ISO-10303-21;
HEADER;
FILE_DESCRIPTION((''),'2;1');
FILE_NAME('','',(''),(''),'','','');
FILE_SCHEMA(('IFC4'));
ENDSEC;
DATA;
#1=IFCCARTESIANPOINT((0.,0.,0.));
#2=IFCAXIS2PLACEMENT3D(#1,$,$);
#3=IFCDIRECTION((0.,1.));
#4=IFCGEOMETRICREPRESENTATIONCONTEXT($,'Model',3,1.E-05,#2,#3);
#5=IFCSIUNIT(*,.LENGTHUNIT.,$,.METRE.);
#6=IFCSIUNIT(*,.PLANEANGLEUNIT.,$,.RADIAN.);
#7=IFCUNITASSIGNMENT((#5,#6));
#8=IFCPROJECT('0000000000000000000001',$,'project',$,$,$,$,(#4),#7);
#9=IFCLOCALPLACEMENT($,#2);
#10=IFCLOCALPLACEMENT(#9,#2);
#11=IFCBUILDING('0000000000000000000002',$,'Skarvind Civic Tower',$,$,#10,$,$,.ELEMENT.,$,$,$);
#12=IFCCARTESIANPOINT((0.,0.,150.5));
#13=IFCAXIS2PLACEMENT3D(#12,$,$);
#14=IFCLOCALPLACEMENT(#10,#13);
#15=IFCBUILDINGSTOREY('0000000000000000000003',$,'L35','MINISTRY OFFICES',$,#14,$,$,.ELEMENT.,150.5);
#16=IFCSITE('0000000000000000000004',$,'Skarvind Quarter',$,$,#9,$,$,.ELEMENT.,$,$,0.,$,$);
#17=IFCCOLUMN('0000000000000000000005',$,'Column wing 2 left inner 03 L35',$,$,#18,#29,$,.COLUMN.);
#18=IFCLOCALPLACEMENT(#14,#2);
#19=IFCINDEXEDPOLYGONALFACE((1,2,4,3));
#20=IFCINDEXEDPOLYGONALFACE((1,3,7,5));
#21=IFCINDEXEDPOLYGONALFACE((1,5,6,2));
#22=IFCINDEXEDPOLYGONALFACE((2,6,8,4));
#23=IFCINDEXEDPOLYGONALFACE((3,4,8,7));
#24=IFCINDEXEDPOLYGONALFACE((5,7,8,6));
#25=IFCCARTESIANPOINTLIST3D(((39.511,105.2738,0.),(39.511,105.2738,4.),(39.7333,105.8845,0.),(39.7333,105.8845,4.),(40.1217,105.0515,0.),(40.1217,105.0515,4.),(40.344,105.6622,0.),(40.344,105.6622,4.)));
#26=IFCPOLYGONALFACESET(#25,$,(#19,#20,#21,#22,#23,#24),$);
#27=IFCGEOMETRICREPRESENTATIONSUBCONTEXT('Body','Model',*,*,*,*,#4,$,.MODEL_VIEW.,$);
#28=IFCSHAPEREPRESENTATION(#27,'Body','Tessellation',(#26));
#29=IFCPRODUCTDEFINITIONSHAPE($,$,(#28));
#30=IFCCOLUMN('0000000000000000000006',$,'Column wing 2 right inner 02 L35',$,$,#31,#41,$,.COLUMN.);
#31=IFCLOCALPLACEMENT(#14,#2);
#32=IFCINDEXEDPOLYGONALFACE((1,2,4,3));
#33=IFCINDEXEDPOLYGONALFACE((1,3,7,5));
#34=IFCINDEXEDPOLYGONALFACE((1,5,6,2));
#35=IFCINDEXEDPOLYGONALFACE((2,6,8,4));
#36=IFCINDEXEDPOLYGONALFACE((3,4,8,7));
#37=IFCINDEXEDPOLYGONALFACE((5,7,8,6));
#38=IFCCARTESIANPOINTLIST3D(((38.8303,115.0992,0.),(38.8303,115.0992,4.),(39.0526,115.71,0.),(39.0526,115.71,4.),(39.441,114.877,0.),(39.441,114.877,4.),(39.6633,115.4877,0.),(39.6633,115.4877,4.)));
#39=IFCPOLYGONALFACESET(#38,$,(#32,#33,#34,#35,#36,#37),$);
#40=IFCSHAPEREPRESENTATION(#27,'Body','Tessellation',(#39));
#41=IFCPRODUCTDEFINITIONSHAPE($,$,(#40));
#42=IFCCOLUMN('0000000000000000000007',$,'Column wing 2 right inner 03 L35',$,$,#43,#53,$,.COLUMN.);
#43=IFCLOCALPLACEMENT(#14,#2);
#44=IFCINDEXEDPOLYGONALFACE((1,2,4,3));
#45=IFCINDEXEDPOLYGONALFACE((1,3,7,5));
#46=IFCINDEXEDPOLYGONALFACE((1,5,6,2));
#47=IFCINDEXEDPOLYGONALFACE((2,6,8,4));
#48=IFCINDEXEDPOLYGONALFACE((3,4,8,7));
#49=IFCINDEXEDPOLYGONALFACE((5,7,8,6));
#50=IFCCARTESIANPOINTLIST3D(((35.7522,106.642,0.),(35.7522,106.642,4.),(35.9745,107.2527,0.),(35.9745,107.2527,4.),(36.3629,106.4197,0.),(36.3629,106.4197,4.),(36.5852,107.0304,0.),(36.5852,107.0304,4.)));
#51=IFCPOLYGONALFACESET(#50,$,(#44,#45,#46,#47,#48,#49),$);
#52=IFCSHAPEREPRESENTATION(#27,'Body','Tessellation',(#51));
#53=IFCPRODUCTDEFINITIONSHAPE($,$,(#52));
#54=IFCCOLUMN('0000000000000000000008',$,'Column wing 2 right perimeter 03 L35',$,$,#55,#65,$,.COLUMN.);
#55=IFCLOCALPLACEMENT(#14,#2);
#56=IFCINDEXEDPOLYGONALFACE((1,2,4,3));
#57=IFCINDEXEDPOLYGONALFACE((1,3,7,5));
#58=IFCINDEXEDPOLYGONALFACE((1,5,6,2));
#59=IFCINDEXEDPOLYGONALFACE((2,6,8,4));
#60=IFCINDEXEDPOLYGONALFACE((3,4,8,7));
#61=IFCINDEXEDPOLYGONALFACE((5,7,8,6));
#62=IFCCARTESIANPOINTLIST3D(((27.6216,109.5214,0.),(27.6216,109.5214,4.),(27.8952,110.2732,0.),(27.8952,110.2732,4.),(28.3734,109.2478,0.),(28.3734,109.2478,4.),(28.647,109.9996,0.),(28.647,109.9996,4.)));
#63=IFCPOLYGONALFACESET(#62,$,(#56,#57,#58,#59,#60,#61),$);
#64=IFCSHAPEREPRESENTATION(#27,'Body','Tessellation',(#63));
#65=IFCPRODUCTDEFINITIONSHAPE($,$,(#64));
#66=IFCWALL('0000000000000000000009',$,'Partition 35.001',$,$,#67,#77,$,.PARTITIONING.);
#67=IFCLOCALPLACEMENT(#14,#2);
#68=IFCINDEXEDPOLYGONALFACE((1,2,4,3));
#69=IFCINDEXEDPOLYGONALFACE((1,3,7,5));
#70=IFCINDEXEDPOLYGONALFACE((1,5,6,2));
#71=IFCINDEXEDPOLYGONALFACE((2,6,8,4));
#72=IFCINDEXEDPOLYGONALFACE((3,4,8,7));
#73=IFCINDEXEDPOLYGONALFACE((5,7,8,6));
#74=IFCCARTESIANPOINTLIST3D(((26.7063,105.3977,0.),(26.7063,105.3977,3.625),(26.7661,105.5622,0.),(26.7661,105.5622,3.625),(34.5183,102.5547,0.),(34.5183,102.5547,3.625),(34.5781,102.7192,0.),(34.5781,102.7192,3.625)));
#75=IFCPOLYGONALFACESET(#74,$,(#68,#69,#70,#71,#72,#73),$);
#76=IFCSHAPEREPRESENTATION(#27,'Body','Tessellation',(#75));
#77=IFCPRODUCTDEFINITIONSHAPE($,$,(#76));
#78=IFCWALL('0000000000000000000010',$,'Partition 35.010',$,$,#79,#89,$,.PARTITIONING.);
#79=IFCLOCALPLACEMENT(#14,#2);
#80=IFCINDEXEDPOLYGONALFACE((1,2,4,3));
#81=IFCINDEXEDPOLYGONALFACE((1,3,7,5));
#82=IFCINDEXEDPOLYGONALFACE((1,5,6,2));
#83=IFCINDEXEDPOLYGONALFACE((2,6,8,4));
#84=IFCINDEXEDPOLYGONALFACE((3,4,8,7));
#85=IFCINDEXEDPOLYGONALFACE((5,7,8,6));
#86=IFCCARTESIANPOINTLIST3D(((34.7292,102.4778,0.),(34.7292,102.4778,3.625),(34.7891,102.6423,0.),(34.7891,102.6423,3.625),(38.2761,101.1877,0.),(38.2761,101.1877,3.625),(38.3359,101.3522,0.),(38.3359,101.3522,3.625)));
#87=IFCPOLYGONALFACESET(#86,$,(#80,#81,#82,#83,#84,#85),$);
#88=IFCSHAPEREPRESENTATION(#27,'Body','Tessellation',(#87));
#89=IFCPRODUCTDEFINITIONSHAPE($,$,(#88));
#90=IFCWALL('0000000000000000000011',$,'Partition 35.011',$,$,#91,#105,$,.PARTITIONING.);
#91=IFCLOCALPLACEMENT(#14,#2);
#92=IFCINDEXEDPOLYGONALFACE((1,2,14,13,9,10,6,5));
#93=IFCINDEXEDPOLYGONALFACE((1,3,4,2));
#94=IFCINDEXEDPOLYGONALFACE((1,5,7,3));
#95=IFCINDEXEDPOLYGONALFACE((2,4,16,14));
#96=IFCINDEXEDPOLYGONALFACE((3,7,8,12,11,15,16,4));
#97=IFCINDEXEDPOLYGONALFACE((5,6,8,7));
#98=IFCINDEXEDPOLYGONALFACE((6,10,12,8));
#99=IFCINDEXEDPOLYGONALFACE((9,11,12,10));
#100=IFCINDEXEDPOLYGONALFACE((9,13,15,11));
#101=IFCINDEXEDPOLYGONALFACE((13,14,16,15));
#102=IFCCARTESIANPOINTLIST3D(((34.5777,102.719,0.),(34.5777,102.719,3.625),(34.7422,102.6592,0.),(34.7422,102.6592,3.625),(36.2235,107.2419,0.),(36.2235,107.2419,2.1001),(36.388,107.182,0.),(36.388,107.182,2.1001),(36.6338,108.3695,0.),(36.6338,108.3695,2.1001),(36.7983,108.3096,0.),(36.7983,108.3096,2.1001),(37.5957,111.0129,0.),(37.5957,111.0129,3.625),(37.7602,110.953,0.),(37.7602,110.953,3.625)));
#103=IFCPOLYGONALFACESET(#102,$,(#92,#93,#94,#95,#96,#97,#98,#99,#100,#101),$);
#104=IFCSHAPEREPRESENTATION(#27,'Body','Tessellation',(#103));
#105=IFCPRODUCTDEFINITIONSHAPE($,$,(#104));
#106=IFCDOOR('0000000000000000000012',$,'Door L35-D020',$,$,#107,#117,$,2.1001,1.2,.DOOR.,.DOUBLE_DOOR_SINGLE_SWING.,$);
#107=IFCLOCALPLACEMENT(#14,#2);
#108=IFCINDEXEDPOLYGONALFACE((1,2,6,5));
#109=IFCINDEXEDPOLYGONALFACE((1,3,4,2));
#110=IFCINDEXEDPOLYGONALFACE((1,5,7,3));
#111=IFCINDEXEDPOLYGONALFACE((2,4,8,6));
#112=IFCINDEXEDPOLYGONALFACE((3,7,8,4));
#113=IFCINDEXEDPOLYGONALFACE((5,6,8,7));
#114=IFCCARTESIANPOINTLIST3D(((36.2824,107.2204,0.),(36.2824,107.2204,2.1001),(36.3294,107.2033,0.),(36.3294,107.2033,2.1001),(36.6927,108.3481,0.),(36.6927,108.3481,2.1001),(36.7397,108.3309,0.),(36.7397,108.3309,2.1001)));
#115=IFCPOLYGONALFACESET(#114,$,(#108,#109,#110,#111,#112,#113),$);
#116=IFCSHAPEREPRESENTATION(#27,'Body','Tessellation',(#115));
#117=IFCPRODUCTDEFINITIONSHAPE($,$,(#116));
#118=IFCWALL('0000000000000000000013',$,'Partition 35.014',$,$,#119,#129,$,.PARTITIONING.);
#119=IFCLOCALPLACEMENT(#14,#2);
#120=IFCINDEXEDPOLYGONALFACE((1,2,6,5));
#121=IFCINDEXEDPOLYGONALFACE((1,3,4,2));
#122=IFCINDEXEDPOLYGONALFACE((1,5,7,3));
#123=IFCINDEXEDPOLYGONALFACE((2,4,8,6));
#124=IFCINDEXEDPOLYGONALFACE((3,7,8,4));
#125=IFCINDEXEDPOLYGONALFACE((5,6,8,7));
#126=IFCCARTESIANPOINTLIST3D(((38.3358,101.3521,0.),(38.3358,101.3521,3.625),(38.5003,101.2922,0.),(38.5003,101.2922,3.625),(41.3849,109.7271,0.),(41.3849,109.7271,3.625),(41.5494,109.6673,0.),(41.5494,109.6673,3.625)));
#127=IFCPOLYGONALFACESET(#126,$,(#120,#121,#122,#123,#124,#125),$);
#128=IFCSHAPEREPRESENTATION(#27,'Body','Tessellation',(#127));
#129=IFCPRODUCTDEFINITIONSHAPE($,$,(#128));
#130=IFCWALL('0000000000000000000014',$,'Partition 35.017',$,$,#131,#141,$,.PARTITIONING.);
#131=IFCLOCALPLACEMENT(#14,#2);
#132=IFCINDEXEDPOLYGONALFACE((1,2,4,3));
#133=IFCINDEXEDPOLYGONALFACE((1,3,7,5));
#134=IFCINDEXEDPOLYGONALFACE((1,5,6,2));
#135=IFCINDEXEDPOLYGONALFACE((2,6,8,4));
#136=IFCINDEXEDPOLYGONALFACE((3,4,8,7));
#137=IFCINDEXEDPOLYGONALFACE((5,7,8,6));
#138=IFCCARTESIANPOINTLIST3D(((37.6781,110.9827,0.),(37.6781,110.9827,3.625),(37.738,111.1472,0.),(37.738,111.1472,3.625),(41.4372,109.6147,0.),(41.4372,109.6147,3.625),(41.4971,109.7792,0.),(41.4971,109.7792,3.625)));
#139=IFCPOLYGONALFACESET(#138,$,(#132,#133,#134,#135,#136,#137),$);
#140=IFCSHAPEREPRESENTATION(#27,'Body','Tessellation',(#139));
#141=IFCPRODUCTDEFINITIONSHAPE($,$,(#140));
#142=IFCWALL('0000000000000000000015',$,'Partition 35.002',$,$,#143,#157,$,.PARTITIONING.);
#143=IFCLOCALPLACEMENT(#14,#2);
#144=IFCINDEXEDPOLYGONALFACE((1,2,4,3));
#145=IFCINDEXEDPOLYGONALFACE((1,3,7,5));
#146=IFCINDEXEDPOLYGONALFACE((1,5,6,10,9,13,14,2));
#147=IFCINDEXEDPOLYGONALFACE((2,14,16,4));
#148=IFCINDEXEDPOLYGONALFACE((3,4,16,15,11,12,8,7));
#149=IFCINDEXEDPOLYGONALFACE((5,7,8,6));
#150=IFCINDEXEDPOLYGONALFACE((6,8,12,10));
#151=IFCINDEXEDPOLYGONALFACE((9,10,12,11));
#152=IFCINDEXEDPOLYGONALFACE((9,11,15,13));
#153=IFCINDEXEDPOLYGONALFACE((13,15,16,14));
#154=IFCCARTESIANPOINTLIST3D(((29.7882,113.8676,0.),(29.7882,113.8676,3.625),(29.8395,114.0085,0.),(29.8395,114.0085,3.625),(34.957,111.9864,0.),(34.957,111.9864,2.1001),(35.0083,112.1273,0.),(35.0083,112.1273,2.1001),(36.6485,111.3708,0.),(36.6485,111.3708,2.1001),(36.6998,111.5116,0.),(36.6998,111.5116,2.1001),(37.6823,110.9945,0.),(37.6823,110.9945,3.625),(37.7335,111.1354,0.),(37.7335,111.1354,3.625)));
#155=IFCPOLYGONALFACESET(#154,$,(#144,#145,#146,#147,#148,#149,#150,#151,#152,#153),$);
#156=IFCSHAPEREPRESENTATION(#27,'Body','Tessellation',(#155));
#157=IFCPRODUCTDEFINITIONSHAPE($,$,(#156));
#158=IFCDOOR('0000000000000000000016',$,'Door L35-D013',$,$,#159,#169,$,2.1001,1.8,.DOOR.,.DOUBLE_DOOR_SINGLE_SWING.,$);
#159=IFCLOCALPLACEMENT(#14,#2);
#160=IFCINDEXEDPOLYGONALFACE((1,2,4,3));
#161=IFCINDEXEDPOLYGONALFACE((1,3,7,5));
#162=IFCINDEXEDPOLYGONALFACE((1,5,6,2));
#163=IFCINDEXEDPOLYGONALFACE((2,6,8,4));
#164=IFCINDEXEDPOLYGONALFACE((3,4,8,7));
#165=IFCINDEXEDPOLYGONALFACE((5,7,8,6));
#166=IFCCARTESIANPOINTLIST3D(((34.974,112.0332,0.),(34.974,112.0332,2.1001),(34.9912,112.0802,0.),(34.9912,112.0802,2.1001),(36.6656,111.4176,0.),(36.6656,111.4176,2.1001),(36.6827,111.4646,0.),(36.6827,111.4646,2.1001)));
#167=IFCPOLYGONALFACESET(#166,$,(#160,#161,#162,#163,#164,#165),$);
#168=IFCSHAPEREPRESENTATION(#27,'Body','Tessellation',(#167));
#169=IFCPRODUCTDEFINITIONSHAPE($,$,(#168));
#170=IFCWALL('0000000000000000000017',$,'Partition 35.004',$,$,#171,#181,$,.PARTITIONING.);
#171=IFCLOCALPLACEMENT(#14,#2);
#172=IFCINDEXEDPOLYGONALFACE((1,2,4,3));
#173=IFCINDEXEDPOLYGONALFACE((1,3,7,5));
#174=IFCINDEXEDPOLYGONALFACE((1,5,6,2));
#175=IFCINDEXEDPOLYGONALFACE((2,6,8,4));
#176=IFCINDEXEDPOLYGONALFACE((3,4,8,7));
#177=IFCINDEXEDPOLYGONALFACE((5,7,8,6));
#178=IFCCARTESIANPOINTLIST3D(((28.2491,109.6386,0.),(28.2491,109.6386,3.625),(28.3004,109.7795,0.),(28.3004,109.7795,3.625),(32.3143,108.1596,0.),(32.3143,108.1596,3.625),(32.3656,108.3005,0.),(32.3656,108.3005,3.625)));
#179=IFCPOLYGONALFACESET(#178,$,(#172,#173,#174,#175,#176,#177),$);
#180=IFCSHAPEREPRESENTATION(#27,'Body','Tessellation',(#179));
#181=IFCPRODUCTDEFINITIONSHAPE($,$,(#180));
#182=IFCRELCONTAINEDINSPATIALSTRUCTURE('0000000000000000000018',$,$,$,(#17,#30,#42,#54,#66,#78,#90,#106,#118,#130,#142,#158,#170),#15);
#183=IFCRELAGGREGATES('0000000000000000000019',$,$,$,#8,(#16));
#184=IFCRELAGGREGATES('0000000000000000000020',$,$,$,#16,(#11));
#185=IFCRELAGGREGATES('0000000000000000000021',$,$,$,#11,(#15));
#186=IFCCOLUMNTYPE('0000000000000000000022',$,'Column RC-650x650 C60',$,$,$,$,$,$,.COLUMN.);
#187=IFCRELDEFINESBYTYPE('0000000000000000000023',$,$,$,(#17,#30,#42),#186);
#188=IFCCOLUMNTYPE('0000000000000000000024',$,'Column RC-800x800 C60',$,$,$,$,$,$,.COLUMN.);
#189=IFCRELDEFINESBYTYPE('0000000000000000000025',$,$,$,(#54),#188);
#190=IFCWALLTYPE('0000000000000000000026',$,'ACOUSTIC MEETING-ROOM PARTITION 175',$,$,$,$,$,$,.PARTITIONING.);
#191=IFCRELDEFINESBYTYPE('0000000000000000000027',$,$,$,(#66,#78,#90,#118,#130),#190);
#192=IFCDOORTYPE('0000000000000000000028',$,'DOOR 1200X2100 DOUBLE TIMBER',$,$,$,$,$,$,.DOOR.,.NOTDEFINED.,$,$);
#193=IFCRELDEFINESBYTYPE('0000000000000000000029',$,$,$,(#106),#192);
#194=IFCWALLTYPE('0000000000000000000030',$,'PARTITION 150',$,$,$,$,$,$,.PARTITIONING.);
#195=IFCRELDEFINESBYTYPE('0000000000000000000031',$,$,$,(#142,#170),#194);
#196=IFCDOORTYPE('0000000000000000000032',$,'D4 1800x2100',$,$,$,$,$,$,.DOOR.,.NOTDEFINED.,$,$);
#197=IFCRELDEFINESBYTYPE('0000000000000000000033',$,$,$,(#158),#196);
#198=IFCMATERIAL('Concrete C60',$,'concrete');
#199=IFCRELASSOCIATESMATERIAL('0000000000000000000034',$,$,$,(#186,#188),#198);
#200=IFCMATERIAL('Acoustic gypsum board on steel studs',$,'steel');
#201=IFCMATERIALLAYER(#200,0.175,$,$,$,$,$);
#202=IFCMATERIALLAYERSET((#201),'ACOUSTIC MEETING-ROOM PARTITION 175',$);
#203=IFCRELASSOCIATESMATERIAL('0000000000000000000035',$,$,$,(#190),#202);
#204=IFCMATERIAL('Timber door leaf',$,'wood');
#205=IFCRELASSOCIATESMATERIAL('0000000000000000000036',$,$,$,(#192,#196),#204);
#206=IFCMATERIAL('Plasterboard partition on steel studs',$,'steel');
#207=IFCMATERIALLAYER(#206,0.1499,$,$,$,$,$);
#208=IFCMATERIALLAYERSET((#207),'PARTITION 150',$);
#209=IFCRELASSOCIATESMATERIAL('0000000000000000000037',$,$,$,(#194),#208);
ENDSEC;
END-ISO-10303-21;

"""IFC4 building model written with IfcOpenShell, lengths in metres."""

from ifc_helpers import new_model, si_unit, direction, frame, frame_2d, origin, origin_2d, place, context, subcontext, project, spatial, rectangle, extrude, material, layer, layer_set, material_profile, profile_set, type_object, element, fill, save


model = new_model("IFC4")

# Units and contexts
model_context = context("Model", 3, precision=1e-05, world=origin(), true_north=direction((0.0, 1.0)))
body_context = subcontext(model_context, "Body", "Model", "MODEL_VIEW")
ifc_project = project(units=[si_unit("LENGTHUNIT", "METRE"), si_unit("PLANEANGLEUNIT", "RADIAN")], contexts=[model_context])

# Site, building, storey
site_placement = place(None, origin())
site = spatial("IfcSite", under=ifc_project, at=site_placement, Name="Skarvind Quarter", CompositionType="ELEMENT", RefElevation=0.0)
building_placement = place(site_placement, origin())
building = spatial("IfcBuilding", under=site, at=building_placement, Name="Skarvind Civic Tower", CompositionType="ELEMENT")
storey_placement = place(building_placement, frame((0.0, 0.0, 150.5)))
storey = spatial("IfcBuildingStorey", under=building, at=storey_placement, Name="L35", Description="MINISTRY OFFICES", CompositionType="ELEMENT", Elevation=150.5)

# Columns
ifc_material_1 = material(Name="Concrete C60", Category="concrete")
ifc_material_profile_1 = material_profile(ifc_material_1, rectangle(XDim=0.6499, YDim=0.6499, at=origin_2d()), Name="RC-650x650")
ifc_profile_set_1 = profile_set([ifc_material_profile_1], Name="Concrete C60")
column_type_1 = type_object("IfcColumnType", Name="Column RC-650x650 C60", PredefinedType="COLUMN", material=ifc_profile_set_1)
for number, where, z_axis, x_axis, name in (
    (1, (39.9275, 105.468, 0.0), (0.0, 0.0, 1.0), (-0.34202, -0.939693, 0.0), "Column wing 2 left inner 03 L35"),
    (2, (39.2468, 115.2935, 0.0), (0.0, 0.0, 1.0), (-0.34202, -0.939693, 0.0), "Column wing 2 right inner 02 L35"),
    (3, (36.1687, 106.8362, 0.0), (0.0, 0.0, 1.0), (-0.34202, -0.939693, 0.0), "Column wing 2 right inner 03 L35"),
):
    element("IfcColumn", number, at=place(storey_placement, frame(where, z_axis=z_axis, x_axis=x_axis)), inside=storey, type_object=column_type_1, Name=name, PredefinedType="COLUMN", context=body_context, shape_type="SweptSolid", body=[
        extrude(rectangle(XDim=0.6499, YDim=0.6499, at=origin_2d()), origin(), (0.0, 0.0, 1.0), 4.0),
    ])
ifc_material_profile_2 = material_profile(ifc_material_1, rectangle(XDim=0.8, YDim=0.8, at=origin_2d()), Name="RC-800x800")
ifc_profile_set_2 = profile_set([ifc_material_profile_2], Name="Concrete C60")
column_type_2 = type_object("IfcColumnType", Name="Column RC-800x800 C60", PredefinedType="COLUMN", material=ifc_profile_set_2)
column_placement = place(storey_placement, frame((28.1343, 109.7605, 0.0), z_axis=(0.0, 0.0, 1.0), x_axis=(-0.34202, -0.939693, 0.0)))
element("IfcColumn", 4, at=column_placement, inside=storey, type_object=column_type_2, Name="Column wing 2 right perimeter 03 L35", PredefinedType="COLUMN", context=body_context, shape_type="SweptSolid", body=[
    extrude(rectangle(XDim=0.8, YDim=0.8, at=origin_2d()), origin(), (0.0, 0.0, 1.0), 4.0),
])

# Walls
ifc_material_2 = material(Name="Acoustic gypsum board on steel studs", Category="steel")
ifc_layer_1 = layer(ifc_material_2, 0.175)
ifc_layer_set_1 = layer_set([ifc_layer_1], Name="ACOUSTIC MEETING-ROOM PARTITION 175")
wall_type_1 = type_object("IfcWallType", Name="ACOUSTIC MEETING-ROOM PARTITION 175", PredefinedType="PARTITIONING", material=ifc_layer_set_1)
wall_1_placement = place(storey_placement, frame((26.7361, 105.48, 0.0), z_axis=(0.0, 0.0, 1.0), x_axis=(0.939705, -0.341986, 0.0)))
element("IfcWall", 5, at=wall_1_placement, inside=storey, type_object=wall_type_1, Name="Partition 35.001", PredefinedType="PARTITIONING", context=body_context, shape_type="SweptSolid", body=[
    extrude(rectangle(XDim=8.3132, YDim=0.175, at=frame_2d((4.1567, 0.0))), origin(), (0.0, 0.0, 1.0), 3.625),
])
wall_2_placement = place(storey_placement, frame((34.759, 102.5601, 0.0), z_axis=(0.0, 0.0, 1.0), x_axis=(0.939771, -0.341805, 0.0)))
element("IfcWall", 6, at=wall_2_placement, inside=storey, type_object=wall_type_1, Name="Partition 35.010", PredefinedType="PARTITIONING", context=body_context, shape_type="SweptSolid", body=[
    extrude(rectangle(XDim=3.7742, YDim=0.175, at=frame_2d((1.8872, 0.0))), origin(), (0.0, 0.0, 1.0), 3.625),
])

# Wall, opening, door
wall_3_placement = place(storey_placement, frame((34.6599, 102.689, 0.0), z_axis=(0.0, 0.0, 1.0), x_axis=(0.341952, 0.939717, 0.0)))
wall_3 = element("IfcWall", 7, at=wall_3_placement, inside=storey, type_object=wall_type_1, Name="Partition 35.011", PredefinedType="PARTITIONING", context=body_context, shape_type="SweptSolid", body=[
    extrude(rectangle(XDim=8.8259, YDim=0.175, at=frame_2d((4.4131, 0.0))), origin(), (0.0, 0.0, 1.0), 3.625),
])
opening_1_placement = place(wall_3_placement, frame((4.813, 0.0, 0.0)))
opening_1 = element("IfcOpeningElement", 8, at=opening_1_placement, cuts=wall_3, PredefinedType="OPENING", context=body_context, shape_type="SweptSolid", body=[
    extrude(rectangle(XDim=1.2, YDim=2.1001, at=frame_2d((0.6001, 1.05))), frame((0.0, 0.0974, 0.0), z_axis=(0.0, -1.0, 0.0), x_axis=(1.0, 0.0, 0.0)), (0.0, 0.0, 1.0), 0.1951),
])
ifc_material_3 = material(Name="Timber door leaf", Category="wood")
door_type_1 = type_object("IfcDoorType", Name="DOOR 1200X2100 DOUBLE TIMBER", OperationType="NOTDEFINED", PredefinedType="DOOR", material=ifc_material_3)
door_1_placement = place(opening_1_placement, origin())
door_1 = element("IfcDoor", 9, at=door_1_placement, inside=storey, type_object=door_type_1, Name="Door L35-D020", OperationType="DOUBLE_DOOR_SINGLE_SWING", OverallHeight=2.1001, OverallWidth=1.2, PredefinedType="DOOR", context=body_context, shape_type="SweptSolid", body=[
    extrude(rectangle(XDim=1.2, YDim=2.1001, at=frame_2d((0.6001, 1.05))), frame((0.0, 0.0249, 0.0), z_axis=(0.0, -1.0, 0.0), x_axis=(1.0, 0.0, 0.0)), (0.0, 0.0, 1.0), 0.05),
])
fill(opening_1, door_1)

# Walls
wall_4_placement = place(storey_placement, frame((38.418, 101.322, 0.0), z_axis=(0.0, 0.0, 1.0), x_axis=(0.342102, 0.939663, 0.0)))
element("IfcWall", 10, at=wall_4_placement, inside=storey, type_object=wall_type_1, Name="Partition 35.014", PredefinedType="PARTITIONING", context=body_context, shape_type="SweptSolid", body=[
    extrude(rectangle(XDim=8.9128, YDim=0.175, at=frame_2d((4.4565, 0.0))), origin(), (0.0, 0.0, 1.0), 3.625),
])
wall_5_placement = place(storey_placement, frame((41.467, 109.697, 0.0), z_axis=(0.0, 0.0, 1.0), x_axis=(-0.939713, 0.341964, 0.0)))
element("IfcWall", 11, at=wall_5_placement, inside=storey, type_object=wall_type_1, Name="Partition 35.017", PredefinedType="PARTITIONING", context=body_context, shape_type="SweptSolid", body=[
    extrude(rectangle(XDim=4.0002, YDim=0.175, at=frame_2d((2.0, 0.0))), origin(), (0.0, 0.0, 1.0), 3.625),
])

# Wall, opening, door
ifc_material_4 = material(Name="Plasterboard partition on steel studs", Category="steel")
ifc_layer_2 = layer(ifc_material_4, 0.1499)
ifc_layer_set_2 = layer_set([ifc_layer_2], Name="PARTITION 150")
wall_type_2 = type_object("IfcWallType", Name="PARTITION 150", PredefinedType="PARTITIONING", material=ifc_layer_set_2)
wall_6_placement = place(storey_placement, frame((29.814, 113.938, 0.0), z_axis=(0.0, 0.0, 1.0), x_axis=(0.939698, -0.342004, 0.0)))
wall_6 = element("IfcWall", 12, at=wall_6_placement, inside=storey, type_object=wall_type_2, Name="Partition 35.002", PredefinedType="PARTITIONING", context=body_context, shape_type="SweptSolid", body=[
    extrude(rectangle(XDim=8.4006, YDim=0.1499, at=frame_2d((4.2002, 0.0))), origin(), (0.0, 0.0, 1.0), 3.625),
])
opening_2_placement = place(wall_6_placement, frame((5.5005, 0.0, 0.0)))
opening_2 = element("IfcOpeningElement", 13, at=opening_2_placement, cuts=wall_6, PredefinedType="OPENING", context=body_context, shape_type="SweptSolid", body=[
    extrude(rectangle(XDim=1.8, YDim=2.1001, at=frame_2d((0.8999, 1.05))), frame((0.0, 0.085, 0.0), z_axis=(0.0, -1.0, 0.0), x_axis=(1.0, 0.0, 0.0)), (0.0, 0.0, 1.0), 0.1699),
])
door_type_2 = type_object("IfcDoorType", Name="D4 1800x2100", OperationType="NOTDEFINED", PredefinedType="DOOR", material=ifc_material_3)
door_2_placement = place(opening_2_placement, origin())
door_2 = element("IfcDoor", 14, at=door_2_placement, inside=storey, type_object=door_type_2, Name="Door L35-D013", OperationType="DOUBLE_DOOR_SINGLE_SWING", OverallHeight=2.1001, OverallWidth=1.8, PredefinedType="DOOR", context=body_context, shape_type="SweptSolid", body=[
    extrude(rectangle(XDim=1.8, YDim=2.1001, at=frame_2d((0.8999, 1.05))), frame((0.0, 0.0249, 0.0), z_axis=(0.0, -1.0, 0.0), x_axis=(1.0, 0.0, 0.0)), (0.0, 0.0, 1.0), 0.05),
])
fill(opening_2, door_2)

# Wall
wall_7_placement = place(storey_placement, frame((32.3401, 108.23, 0.0), z_axis=(0.0, 0.0, 1.0), x_axis=(-0.939737, 0.341897, 0.0)))
element("IfcWall", 15, at=wall_7_placement, inside=storey, type_object=wall_type_2, Name="Partition 35.004", PredefinedType="PARTITIONING", context=body_context, shape_type="SweptSolid", body=[
    extrude(rectangle(XDim=4.3259, YDim=0.1499, at=frame_2d((2.1631, 0.0))), origin(), (0.0, 0.0, 1.0), 3.625),
])

save(model, "model.ifc")
